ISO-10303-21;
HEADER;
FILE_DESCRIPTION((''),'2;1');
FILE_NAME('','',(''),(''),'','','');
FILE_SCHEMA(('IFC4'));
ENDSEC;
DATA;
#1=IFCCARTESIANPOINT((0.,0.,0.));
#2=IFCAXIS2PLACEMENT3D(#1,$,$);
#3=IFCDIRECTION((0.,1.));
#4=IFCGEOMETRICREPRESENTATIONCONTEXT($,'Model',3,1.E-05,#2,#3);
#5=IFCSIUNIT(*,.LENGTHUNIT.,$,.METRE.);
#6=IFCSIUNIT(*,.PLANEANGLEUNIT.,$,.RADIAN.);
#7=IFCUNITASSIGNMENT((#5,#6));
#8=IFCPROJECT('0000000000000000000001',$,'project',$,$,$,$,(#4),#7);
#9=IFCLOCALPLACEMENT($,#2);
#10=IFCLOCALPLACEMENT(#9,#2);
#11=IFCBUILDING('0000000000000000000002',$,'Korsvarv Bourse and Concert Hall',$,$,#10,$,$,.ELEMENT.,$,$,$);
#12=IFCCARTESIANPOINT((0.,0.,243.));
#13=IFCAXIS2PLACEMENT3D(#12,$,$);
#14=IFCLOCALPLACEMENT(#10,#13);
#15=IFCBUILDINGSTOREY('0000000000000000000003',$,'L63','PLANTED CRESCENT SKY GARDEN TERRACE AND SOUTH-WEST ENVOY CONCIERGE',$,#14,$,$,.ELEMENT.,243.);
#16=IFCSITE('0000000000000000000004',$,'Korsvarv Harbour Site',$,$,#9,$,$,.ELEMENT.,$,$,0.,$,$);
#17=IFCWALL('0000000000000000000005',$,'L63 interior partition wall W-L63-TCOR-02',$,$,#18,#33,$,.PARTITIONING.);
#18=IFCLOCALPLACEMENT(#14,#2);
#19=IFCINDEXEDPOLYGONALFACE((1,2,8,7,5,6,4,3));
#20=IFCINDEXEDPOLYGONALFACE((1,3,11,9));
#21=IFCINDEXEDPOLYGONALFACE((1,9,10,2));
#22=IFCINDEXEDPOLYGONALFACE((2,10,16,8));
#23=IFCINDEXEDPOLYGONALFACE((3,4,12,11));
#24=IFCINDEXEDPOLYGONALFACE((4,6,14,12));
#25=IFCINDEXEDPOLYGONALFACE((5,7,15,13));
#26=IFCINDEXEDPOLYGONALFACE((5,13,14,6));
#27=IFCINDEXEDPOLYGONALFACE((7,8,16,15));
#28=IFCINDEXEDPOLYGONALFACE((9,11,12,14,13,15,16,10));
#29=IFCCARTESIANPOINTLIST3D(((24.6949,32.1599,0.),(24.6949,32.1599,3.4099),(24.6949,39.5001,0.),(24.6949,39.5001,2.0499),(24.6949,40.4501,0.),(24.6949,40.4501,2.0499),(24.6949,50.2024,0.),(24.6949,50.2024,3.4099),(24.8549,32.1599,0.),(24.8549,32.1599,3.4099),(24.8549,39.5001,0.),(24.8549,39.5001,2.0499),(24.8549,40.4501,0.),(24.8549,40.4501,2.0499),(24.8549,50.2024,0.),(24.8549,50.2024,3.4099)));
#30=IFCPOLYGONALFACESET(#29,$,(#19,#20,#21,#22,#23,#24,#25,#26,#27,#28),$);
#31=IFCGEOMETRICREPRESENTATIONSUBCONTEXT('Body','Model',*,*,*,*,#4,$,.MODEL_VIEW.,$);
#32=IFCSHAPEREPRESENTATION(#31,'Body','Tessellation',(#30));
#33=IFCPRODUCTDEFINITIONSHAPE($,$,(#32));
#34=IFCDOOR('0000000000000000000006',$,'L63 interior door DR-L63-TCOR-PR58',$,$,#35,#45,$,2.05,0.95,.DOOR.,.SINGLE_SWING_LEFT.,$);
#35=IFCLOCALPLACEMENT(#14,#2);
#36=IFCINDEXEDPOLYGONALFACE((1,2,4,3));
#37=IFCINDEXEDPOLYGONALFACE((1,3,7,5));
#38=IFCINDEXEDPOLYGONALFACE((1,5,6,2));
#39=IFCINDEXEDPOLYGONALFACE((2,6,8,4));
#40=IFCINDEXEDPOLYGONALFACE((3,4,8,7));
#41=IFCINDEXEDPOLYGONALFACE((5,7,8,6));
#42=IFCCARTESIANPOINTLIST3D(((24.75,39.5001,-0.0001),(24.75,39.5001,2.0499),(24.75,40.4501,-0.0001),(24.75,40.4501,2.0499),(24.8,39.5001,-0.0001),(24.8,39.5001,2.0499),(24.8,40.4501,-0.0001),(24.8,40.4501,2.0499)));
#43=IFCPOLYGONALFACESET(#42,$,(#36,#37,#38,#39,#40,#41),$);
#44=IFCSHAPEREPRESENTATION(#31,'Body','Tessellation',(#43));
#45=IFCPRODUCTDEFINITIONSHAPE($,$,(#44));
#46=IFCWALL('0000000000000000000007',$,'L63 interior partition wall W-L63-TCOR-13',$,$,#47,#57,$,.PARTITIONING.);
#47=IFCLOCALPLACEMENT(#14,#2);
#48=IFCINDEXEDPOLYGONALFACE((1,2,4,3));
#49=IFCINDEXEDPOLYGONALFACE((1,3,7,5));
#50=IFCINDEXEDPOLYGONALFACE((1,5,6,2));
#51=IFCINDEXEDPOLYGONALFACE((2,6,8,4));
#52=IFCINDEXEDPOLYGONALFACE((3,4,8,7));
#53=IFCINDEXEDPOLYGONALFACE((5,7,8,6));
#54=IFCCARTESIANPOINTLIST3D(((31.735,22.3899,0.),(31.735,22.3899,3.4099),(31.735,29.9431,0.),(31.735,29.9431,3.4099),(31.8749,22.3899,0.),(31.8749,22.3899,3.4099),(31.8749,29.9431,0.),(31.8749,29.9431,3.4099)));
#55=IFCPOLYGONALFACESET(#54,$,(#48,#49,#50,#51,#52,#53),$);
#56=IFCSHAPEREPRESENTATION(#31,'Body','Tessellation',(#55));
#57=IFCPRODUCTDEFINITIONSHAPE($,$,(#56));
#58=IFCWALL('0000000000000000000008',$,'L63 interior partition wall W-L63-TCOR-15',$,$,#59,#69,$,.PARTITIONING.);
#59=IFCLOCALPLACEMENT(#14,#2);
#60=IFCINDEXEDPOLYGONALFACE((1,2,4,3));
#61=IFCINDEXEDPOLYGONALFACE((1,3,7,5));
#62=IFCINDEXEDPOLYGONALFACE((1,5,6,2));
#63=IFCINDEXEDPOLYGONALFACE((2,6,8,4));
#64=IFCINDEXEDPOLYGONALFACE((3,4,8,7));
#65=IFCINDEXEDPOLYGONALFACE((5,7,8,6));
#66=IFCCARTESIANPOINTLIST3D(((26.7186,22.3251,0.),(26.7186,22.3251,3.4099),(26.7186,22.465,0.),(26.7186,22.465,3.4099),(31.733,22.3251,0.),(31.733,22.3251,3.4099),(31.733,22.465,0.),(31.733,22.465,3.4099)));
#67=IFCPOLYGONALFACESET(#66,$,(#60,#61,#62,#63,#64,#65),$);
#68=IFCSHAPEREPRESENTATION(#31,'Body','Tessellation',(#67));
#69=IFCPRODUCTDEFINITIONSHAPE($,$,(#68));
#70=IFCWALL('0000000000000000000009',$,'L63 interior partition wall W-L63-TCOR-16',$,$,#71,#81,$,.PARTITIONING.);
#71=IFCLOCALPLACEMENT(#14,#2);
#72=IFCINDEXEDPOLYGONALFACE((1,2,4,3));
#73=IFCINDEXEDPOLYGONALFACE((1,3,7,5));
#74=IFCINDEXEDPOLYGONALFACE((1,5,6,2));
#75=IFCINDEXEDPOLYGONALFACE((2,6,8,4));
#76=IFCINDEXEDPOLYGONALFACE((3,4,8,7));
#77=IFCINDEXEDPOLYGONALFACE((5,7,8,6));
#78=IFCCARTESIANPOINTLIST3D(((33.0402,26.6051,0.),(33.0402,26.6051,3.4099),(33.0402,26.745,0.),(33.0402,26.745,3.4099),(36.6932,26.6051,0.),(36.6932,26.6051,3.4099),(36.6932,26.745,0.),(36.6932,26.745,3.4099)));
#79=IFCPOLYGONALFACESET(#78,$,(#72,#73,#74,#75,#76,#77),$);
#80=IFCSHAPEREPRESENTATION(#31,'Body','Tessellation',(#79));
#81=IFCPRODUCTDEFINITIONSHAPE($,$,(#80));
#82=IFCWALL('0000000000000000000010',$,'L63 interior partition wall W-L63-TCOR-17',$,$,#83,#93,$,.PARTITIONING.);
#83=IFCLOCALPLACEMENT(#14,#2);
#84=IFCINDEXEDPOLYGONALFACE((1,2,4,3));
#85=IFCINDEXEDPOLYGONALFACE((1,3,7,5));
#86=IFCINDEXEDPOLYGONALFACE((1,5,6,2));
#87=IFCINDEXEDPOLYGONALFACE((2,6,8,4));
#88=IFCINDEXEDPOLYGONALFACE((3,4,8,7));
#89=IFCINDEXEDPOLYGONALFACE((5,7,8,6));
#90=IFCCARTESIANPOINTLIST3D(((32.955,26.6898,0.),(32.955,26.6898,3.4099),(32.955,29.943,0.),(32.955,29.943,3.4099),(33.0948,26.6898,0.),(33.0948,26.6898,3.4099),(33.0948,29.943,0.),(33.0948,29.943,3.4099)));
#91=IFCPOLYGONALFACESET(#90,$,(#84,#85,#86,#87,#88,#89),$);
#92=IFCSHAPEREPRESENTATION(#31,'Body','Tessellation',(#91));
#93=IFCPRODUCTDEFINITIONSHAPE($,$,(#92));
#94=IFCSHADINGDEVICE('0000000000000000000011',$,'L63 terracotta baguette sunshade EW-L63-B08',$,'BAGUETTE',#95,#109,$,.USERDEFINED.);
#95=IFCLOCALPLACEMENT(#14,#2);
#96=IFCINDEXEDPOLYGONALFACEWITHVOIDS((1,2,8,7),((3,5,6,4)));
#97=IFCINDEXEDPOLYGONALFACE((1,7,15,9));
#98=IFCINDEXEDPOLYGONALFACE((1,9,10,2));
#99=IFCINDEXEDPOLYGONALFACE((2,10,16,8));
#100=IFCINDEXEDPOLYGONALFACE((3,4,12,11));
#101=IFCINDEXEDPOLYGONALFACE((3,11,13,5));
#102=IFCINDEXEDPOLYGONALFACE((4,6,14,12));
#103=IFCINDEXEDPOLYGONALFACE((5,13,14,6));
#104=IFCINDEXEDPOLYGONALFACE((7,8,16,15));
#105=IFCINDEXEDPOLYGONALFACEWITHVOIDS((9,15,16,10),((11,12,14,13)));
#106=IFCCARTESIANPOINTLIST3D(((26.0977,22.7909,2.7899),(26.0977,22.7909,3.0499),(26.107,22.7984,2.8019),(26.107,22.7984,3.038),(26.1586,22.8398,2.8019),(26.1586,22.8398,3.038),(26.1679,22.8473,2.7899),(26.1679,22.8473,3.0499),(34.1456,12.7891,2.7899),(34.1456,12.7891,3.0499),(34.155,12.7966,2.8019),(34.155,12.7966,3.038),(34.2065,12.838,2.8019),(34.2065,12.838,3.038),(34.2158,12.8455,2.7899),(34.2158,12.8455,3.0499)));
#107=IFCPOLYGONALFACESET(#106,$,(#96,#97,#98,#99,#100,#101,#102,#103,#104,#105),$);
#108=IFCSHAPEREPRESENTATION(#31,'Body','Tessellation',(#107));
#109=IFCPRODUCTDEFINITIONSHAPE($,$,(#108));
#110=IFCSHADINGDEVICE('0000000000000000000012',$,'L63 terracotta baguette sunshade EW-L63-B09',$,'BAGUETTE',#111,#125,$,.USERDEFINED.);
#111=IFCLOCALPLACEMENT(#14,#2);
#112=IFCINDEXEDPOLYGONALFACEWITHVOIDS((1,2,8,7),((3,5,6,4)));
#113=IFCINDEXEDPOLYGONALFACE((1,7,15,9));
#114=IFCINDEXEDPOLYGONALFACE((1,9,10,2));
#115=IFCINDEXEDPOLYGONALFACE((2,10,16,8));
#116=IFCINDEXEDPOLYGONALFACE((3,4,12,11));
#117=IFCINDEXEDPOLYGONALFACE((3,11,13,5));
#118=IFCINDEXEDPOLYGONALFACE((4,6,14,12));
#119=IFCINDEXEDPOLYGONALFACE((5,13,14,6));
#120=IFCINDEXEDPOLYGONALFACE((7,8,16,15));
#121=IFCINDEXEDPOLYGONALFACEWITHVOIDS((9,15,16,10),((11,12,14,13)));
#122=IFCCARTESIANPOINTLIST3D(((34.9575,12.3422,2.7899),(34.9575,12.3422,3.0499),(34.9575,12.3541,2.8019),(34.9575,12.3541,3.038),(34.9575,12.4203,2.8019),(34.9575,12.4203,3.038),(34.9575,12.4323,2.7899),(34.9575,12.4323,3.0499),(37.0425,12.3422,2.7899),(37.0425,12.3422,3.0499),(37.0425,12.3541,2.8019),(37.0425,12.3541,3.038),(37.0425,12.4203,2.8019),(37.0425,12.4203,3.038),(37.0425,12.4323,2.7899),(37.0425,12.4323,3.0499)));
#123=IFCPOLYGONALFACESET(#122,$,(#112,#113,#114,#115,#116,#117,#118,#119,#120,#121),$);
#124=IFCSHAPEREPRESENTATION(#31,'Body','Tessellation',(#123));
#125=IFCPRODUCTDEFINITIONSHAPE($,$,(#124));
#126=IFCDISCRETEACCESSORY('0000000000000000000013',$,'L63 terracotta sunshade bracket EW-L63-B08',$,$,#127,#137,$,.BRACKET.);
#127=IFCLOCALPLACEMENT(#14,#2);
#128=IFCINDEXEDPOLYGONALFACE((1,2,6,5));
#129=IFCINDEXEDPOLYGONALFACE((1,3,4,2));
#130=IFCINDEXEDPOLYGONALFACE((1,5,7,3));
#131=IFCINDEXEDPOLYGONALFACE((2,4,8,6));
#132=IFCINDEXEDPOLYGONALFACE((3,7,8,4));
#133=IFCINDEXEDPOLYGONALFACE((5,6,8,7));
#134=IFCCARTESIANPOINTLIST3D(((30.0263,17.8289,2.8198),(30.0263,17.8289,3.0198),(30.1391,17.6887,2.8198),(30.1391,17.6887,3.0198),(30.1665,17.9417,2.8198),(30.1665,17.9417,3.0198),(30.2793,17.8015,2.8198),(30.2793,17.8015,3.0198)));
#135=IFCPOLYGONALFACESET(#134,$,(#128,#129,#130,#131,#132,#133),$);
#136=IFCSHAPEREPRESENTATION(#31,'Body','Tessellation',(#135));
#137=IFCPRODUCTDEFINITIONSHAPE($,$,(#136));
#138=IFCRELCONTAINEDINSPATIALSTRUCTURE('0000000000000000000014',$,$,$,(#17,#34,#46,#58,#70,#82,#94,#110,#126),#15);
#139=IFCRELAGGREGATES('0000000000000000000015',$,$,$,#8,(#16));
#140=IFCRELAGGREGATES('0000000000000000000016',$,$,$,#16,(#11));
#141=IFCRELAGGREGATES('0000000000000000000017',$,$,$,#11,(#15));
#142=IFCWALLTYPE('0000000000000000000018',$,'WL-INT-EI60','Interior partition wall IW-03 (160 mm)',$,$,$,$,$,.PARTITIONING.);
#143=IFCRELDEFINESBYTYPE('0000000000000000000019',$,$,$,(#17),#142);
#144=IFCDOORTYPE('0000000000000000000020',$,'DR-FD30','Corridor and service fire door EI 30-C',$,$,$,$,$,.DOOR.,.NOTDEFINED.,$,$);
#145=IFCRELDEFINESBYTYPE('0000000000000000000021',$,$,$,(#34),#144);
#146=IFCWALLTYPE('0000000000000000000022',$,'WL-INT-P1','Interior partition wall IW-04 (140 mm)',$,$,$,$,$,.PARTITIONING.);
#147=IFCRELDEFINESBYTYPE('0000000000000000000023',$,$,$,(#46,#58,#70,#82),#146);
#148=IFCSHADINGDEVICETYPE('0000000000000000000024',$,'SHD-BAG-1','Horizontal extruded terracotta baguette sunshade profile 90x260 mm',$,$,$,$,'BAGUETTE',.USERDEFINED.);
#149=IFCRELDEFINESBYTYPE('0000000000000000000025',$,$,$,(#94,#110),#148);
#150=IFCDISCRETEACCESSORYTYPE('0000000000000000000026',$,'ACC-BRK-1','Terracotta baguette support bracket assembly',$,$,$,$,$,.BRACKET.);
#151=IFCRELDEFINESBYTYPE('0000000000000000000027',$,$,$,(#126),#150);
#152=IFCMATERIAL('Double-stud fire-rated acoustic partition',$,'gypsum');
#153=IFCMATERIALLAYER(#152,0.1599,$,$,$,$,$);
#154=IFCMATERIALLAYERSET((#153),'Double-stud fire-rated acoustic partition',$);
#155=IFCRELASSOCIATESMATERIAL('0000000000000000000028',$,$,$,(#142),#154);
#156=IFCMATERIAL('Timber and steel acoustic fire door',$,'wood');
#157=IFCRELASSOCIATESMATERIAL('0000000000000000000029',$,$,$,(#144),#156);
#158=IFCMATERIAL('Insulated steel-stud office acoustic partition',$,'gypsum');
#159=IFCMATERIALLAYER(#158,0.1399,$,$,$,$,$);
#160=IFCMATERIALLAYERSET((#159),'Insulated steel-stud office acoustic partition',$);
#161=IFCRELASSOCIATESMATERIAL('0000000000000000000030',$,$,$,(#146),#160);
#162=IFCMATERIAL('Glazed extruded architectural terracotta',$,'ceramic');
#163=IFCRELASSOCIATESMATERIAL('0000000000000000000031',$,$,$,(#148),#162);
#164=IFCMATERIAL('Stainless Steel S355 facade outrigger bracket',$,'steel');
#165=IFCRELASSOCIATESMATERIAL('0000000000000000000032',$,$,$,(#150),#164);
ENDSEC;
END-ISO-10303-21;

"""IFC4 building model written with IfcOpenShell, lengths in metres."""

from ifc_helpers import new_model, si_unit, direction, frame, frame_2d, origin, origin_2d, place, context, subcontext, project, spatial, rectangle, hollow_rectangle, extrude, source, transform, mapped, material, layer, layer_set, material_profile, profile_set, type_object, element, fill, save


model = new_model("IFC4")

# Units and contexts
model_context = context("Model", 3, precision=1e-05, world=origin(), true_north=direction((0.0, 1.0)))
body_context = subcontext(model_context, "Body", "Model", "MODEL_VIEW")
ifc_project = project(units=[si_unit("LENGTHUNIT", "METRE"), si_unit("PLANEANGLEUNIT", "RADIAN")], contexts=[model_context])

# Site, building, storey
site_placement = place(None, origin())
site = spatial("IfcSite", under=ifc_project, at=site_placement, Name="Korsvarv Harbour Site", CompositionType="ELEMENT", RefElevation=0.0)
building_placement = place(site_placement, origin())
building = spatial("IfcBuilding", under=site, at=building_placement, Name="Korsvarv Bourse and Concert Hall", CompositionType="ELEMENT")
storey_placement = place(building_placement, frame((0.0, 0.0, 243.0)))
storey = spatial("IfcBuildingStorey", under=building, at=storey_placement, Name="L63", Description="PLANTED CRESCENT SKY GARDEN TERRACE AND SOUTH-WEST ENVOY CONCIERGE", CompositionType="ELEMENT", Elevation=243.0)

# Shared definitions
ifc_material_1 = material(Name="Double-stud fire-rated acoustic partition", Category="gypsum")
ifc_layer_1 = layer(ifc_material_1, 0.1599)
ifc_layer_set_1 = layer_set([ifc_layer_1], Name="Double-stud fire-rated acoustic partition")
wall_type_1 = type_object("IfcWallType", Name="WL-INT-EI60", Description="Interior partition wall IW-03 (160 mm)", PredefinedType="PARTITIONING", material=ifc_layer_set_1)

# Wall, opening, door
wall_1_placement = place(storey_placement, frame((24.7749, 32.1599, 0.0), z_axis=(0.0, 0.0, 1.0), x_axis=(0.0, 1.0, 0.0)))
wall_1 = element("IfcWall", 1, at=wall_1_placement, inside=storey, type_object=wall_type_1, Name="L63 interior partition wall W-L63-TCOR-02", PredefinedType="PARTITIONING", context=body_context, shape_type="SweptSolid", body=[
    extrude(rectangle(XDim=18.0425, YDim=0.1599, at=frame_2d((9.0212, 0.0))), origin(), (0.0, 0.0, 1.0), 3.4099),
])
opening_placement = place(wall_1_placement, frame((7.3401, 0.0, 0.0)))
opening = element("IfcOpeningElement", 2, at=opening_placement, cuts=wall_1, PredefinedType="OPENING", context=body_context, shape_type="SweptSolid", body=[
    extrude(rectangle(XDim=0.95, YDim=2.05, at=frame_2d((0.4751, 1.0249))), frame((0.0, 0.0898, 0.0), z_axis=(0.0, -1.0, 0.0), x_axis=(1.0, 0.0, 0.0)), (0.0, 0.0, 1.0), 0.1799),
])
ifc_material_2 = material(Name="Timber and steel acoustic fire door", Category="wood")
door_type = type_object("IfcDoorType", Name="DR-FD30", Description="Corridor and service fire door EI 30-C", OperationType="NOTDEFINED", PredefinedType="DOOR", material=ifc_material_2)
door_placement = place(opening_placement, origin())
door = element("IfcDoor", 3, at=door_placement, inside=storey, type_object=door_type, Name="L63 interior door DR-L63-TCOR-PR58", OperationType="SINGLE_SWING_LEFT", OverallHeight=2.05, OverallWidth=0.95, PredefinedType="DOOR", context=body_context, shape_type="SweptSolid", body=[
    extrude(rectangle(XDim=0.95, YDim=2.05, at=frame_2d((0.4751, 1.0249))), frame((0.0, 0.0249, 0.0), z_axis=(0.0, -1.0, 0.0), x_axis=(1.0, 0.0, 0.0)), (0.0, 0.0, 1.0), 0.05),
])
fill(opening, door)

# Walls
ifc_material_3 = material(Name="Insulated steel-stud office acoustic partition", Category="gypsum")
ifc_layer_2 = layer(ifc_material_3, 0.1399)
ifc_layer_set_2 = layer_set([ifc_layer_2], Name="Insulated steel-stud office acoustic partition")
wall_type_2 = type_object("IfcWallType", Name="WL-INT-P1", Description="Interior partition wall IW-04 (140 mm)", PredefinedType="PARTITIONING", material=ifc_layer_set_2)
wall_2_placement = place(storey_placement, frame((31.8049, 22.3899, 0.0), z_axis=(0.0, 0.0, 1.0), x_axis=(0.0, 1.0, 0.0)))
element("IfcWall", 4, at=wall_2_placement, inside=storey, type_object=wall_type_2, Name="L63 interior partition wall W-L63-TCOR-13", PredefinedType="PARTITIONING", context=body_context, shape_type="SweptSolid", body=[
    extrude(rectangle(XDim=7.5532, YDim=0.1399, at=frame_2d((3.7766, 0.0))), origin(), (0.0, 0.0, 1.0), 3.4099),
])
wall_3_placement = place(storey_placement, frame((26.7185, 22.395, 0.0), z_axis=(0.0, 0.0, 1.0), x_axis=(1.0, 0.0, 0.0)))
element("IfcWall", 5, at=wall_3_placement, inside=storey, type_object=wall_type_2, Name="L63 interior partition wall W-L63-TCOR-15", PredefinedType="PARTITIONING", context=body_context, shape_type="SweptSolid", body=[
    extrude(rectangle(XDim=5.0144, YDim=0.1399, at=frame_2d((2.5073, 0.0))), origin(), (0.0, 0.0, 1.0), 3.4099),
])
wall_4_placement = place(storey_placement, frame((33.04, 26.675, 0.0), z_axis=(0.0, 0.0, 1.0), x_axis=(1.0, 0.0, 0.0)))
element("IfcWall", 6, at=wall_4_placement, inside=storey, type_object=wall_type_2, Name="L63 interior partition wall W-L63-TCOR-16", PredefinedType="PARTITIONING", context=body_context, shape_type="SweptSolid", body=[
    extrude(rectangle(XDim=3.6531, YDim=0.1399, at=frame_2d((1.8267, 0.0))), origin(), (0.0, 0.0, 1.0), 3.4099),
])
wall_5_placement = place(storey_placement, frame((33.0249, 26.6899, 0.0), z_axis=(0.0, 0.0, 1.0), x_axis=(0.0, 1.0, 0.0)))
element("IfcWall", 7, at=wall_5_placement, inside=storey, type_object=wall_type_2, Name="L63 interior partition wall W-L63-TCOR-17", PredefinedType="PARTITIONING", context=body_context, shape_type="SweptSolid", body=[
    extrude(rectangle(XDim=3.2532, YDim=0.1399, at=frame_2d((1.6265, 0.0))), origin(), (0.0, 0.0, 1.0), 3.4099),
])

# Shading devices
ifc_material_4 = material(Name="Glazed extruded architectural terracotta", Category="ceramic")
ifc_material_profile_1 = material_profile(ifc_material_4, hollow_rectangle(XDim=0.0901, YDim=0.26, WallThickness=0.012, at=origin_2d()), Name="TC-BAG 90x260")
ifc_profile_set_1 = profile_set([ifc_material_profile_1], Name="Glazed extruded architectural terracotta")
shading_device_type = type_object("IfcShadingDeviceType", Name="SHD-BAG-1", Description="Horizontal extruded terracotta baguette sunshade profile 90x260 mm", ElementType="BAGUETTE", PredefinedType="USERDEFINED", material=ifc_profile_set_1)
shared_shape_1 = source(origin(), body_context, "Body", "SweptSolid", [
    extrude(hollow_rectangle(XDim=0.0901, YDim=0.26, WallThickness=0.012, at=origin_2d()), origin(), (0.0, 0.0, 1.0), 12.8376),
])
shading_device_1_placement = place(storey_placement, frame((26.1328, 22.8191, 2.9199), z_axis=(0.6269, -0.779099, 0.0), x_axis=(0.779099, 0.6269, 0.0)))
element("IfcShadingDevice", 8, at=shading_device_1_placement, inside=storey, type_object=shading_device_type, Name="L63 terracotta baguette sunshade EW-L63-B08", ObjectType="BAGUETTE", PredefinedType="USERDEFINED", context=body_context, shape_type="MappedRepresentation", body=[
    mapped(shared_shape_1, transform((0.0, 0.0, 0.0), scale=1.0)),
])
shared_shape_2 = source(origin(), body_context, "Body", "SweptSolid", [
    extrude(hollow_rectangle(XDim=0.0901, YDim=0.26, WallThickness=0.012, at=origin_2d()), origin(), (0.0, 0.0, 1.0), 2.085),
])
shading_device_2_placement = place(storey_placement, frame((34.9575, 12.3872, 2.9199), z_axis=(1.0, 0.0, 0.0), x_axis=(0.0, 1.0, 0.0)))
element("IfcShadingDevice", 9, at=shading_device_2_placement, inside=storey, type_object=shading_device_type, Name="L63 terracotta baguette sunshade EW-L63-B09", ObjectType="BAGUETTE", PredefinedType="USERDEFINED", context=body_context, shape_type="MappedRepresentation", body=[
    mapped(shared_shape_2, transform((0.0, 0.0, 0.0), scale=1.0)),
])

# Discrete accessory
ifc_material_5 = material(Name="Stainless Steel S355 facade outrigger bracket", Category="steel")
discrete_accessory_type = type_object("IfcDiscreteAccessoryType", Name="ACC-BRK-1", Description="Terracotta baguette support bracket assembly", PredefinedType="BRACKET", material=ifc_material_5)
shared_shape_3 = source(origin(), body_context, "Body", "SweptSolid", [
    extrude(rectangle(XDim=0.1799, YDim=0.1799, at=origin_2d()), origin(), (0.0, 0.0, 1.0), 0.2),
])
discrete_accessory_placement = place(storey_placement, frame((30.1528, 17.8152, 2.8198), z_axis=(0.0, 0.0, 1.0), x_axis=(0.626876, -0.779119, 0.0)))
element("IfcDiscreteAccessory", 10, at=discrete_accessory_placement, inside=storey, type_object=discrete_accessory_type, Name="L63 terracotta sunshade bracket EW-L63-B08", PredefinedType="BRACKET", context=body_context, shape_type="MappedRepresentation", body=[
    mapped(shared_shape_3, transform((0.0, 0.0, 0.0), scale=1.0)),
])

save(model, "model.ifc")
